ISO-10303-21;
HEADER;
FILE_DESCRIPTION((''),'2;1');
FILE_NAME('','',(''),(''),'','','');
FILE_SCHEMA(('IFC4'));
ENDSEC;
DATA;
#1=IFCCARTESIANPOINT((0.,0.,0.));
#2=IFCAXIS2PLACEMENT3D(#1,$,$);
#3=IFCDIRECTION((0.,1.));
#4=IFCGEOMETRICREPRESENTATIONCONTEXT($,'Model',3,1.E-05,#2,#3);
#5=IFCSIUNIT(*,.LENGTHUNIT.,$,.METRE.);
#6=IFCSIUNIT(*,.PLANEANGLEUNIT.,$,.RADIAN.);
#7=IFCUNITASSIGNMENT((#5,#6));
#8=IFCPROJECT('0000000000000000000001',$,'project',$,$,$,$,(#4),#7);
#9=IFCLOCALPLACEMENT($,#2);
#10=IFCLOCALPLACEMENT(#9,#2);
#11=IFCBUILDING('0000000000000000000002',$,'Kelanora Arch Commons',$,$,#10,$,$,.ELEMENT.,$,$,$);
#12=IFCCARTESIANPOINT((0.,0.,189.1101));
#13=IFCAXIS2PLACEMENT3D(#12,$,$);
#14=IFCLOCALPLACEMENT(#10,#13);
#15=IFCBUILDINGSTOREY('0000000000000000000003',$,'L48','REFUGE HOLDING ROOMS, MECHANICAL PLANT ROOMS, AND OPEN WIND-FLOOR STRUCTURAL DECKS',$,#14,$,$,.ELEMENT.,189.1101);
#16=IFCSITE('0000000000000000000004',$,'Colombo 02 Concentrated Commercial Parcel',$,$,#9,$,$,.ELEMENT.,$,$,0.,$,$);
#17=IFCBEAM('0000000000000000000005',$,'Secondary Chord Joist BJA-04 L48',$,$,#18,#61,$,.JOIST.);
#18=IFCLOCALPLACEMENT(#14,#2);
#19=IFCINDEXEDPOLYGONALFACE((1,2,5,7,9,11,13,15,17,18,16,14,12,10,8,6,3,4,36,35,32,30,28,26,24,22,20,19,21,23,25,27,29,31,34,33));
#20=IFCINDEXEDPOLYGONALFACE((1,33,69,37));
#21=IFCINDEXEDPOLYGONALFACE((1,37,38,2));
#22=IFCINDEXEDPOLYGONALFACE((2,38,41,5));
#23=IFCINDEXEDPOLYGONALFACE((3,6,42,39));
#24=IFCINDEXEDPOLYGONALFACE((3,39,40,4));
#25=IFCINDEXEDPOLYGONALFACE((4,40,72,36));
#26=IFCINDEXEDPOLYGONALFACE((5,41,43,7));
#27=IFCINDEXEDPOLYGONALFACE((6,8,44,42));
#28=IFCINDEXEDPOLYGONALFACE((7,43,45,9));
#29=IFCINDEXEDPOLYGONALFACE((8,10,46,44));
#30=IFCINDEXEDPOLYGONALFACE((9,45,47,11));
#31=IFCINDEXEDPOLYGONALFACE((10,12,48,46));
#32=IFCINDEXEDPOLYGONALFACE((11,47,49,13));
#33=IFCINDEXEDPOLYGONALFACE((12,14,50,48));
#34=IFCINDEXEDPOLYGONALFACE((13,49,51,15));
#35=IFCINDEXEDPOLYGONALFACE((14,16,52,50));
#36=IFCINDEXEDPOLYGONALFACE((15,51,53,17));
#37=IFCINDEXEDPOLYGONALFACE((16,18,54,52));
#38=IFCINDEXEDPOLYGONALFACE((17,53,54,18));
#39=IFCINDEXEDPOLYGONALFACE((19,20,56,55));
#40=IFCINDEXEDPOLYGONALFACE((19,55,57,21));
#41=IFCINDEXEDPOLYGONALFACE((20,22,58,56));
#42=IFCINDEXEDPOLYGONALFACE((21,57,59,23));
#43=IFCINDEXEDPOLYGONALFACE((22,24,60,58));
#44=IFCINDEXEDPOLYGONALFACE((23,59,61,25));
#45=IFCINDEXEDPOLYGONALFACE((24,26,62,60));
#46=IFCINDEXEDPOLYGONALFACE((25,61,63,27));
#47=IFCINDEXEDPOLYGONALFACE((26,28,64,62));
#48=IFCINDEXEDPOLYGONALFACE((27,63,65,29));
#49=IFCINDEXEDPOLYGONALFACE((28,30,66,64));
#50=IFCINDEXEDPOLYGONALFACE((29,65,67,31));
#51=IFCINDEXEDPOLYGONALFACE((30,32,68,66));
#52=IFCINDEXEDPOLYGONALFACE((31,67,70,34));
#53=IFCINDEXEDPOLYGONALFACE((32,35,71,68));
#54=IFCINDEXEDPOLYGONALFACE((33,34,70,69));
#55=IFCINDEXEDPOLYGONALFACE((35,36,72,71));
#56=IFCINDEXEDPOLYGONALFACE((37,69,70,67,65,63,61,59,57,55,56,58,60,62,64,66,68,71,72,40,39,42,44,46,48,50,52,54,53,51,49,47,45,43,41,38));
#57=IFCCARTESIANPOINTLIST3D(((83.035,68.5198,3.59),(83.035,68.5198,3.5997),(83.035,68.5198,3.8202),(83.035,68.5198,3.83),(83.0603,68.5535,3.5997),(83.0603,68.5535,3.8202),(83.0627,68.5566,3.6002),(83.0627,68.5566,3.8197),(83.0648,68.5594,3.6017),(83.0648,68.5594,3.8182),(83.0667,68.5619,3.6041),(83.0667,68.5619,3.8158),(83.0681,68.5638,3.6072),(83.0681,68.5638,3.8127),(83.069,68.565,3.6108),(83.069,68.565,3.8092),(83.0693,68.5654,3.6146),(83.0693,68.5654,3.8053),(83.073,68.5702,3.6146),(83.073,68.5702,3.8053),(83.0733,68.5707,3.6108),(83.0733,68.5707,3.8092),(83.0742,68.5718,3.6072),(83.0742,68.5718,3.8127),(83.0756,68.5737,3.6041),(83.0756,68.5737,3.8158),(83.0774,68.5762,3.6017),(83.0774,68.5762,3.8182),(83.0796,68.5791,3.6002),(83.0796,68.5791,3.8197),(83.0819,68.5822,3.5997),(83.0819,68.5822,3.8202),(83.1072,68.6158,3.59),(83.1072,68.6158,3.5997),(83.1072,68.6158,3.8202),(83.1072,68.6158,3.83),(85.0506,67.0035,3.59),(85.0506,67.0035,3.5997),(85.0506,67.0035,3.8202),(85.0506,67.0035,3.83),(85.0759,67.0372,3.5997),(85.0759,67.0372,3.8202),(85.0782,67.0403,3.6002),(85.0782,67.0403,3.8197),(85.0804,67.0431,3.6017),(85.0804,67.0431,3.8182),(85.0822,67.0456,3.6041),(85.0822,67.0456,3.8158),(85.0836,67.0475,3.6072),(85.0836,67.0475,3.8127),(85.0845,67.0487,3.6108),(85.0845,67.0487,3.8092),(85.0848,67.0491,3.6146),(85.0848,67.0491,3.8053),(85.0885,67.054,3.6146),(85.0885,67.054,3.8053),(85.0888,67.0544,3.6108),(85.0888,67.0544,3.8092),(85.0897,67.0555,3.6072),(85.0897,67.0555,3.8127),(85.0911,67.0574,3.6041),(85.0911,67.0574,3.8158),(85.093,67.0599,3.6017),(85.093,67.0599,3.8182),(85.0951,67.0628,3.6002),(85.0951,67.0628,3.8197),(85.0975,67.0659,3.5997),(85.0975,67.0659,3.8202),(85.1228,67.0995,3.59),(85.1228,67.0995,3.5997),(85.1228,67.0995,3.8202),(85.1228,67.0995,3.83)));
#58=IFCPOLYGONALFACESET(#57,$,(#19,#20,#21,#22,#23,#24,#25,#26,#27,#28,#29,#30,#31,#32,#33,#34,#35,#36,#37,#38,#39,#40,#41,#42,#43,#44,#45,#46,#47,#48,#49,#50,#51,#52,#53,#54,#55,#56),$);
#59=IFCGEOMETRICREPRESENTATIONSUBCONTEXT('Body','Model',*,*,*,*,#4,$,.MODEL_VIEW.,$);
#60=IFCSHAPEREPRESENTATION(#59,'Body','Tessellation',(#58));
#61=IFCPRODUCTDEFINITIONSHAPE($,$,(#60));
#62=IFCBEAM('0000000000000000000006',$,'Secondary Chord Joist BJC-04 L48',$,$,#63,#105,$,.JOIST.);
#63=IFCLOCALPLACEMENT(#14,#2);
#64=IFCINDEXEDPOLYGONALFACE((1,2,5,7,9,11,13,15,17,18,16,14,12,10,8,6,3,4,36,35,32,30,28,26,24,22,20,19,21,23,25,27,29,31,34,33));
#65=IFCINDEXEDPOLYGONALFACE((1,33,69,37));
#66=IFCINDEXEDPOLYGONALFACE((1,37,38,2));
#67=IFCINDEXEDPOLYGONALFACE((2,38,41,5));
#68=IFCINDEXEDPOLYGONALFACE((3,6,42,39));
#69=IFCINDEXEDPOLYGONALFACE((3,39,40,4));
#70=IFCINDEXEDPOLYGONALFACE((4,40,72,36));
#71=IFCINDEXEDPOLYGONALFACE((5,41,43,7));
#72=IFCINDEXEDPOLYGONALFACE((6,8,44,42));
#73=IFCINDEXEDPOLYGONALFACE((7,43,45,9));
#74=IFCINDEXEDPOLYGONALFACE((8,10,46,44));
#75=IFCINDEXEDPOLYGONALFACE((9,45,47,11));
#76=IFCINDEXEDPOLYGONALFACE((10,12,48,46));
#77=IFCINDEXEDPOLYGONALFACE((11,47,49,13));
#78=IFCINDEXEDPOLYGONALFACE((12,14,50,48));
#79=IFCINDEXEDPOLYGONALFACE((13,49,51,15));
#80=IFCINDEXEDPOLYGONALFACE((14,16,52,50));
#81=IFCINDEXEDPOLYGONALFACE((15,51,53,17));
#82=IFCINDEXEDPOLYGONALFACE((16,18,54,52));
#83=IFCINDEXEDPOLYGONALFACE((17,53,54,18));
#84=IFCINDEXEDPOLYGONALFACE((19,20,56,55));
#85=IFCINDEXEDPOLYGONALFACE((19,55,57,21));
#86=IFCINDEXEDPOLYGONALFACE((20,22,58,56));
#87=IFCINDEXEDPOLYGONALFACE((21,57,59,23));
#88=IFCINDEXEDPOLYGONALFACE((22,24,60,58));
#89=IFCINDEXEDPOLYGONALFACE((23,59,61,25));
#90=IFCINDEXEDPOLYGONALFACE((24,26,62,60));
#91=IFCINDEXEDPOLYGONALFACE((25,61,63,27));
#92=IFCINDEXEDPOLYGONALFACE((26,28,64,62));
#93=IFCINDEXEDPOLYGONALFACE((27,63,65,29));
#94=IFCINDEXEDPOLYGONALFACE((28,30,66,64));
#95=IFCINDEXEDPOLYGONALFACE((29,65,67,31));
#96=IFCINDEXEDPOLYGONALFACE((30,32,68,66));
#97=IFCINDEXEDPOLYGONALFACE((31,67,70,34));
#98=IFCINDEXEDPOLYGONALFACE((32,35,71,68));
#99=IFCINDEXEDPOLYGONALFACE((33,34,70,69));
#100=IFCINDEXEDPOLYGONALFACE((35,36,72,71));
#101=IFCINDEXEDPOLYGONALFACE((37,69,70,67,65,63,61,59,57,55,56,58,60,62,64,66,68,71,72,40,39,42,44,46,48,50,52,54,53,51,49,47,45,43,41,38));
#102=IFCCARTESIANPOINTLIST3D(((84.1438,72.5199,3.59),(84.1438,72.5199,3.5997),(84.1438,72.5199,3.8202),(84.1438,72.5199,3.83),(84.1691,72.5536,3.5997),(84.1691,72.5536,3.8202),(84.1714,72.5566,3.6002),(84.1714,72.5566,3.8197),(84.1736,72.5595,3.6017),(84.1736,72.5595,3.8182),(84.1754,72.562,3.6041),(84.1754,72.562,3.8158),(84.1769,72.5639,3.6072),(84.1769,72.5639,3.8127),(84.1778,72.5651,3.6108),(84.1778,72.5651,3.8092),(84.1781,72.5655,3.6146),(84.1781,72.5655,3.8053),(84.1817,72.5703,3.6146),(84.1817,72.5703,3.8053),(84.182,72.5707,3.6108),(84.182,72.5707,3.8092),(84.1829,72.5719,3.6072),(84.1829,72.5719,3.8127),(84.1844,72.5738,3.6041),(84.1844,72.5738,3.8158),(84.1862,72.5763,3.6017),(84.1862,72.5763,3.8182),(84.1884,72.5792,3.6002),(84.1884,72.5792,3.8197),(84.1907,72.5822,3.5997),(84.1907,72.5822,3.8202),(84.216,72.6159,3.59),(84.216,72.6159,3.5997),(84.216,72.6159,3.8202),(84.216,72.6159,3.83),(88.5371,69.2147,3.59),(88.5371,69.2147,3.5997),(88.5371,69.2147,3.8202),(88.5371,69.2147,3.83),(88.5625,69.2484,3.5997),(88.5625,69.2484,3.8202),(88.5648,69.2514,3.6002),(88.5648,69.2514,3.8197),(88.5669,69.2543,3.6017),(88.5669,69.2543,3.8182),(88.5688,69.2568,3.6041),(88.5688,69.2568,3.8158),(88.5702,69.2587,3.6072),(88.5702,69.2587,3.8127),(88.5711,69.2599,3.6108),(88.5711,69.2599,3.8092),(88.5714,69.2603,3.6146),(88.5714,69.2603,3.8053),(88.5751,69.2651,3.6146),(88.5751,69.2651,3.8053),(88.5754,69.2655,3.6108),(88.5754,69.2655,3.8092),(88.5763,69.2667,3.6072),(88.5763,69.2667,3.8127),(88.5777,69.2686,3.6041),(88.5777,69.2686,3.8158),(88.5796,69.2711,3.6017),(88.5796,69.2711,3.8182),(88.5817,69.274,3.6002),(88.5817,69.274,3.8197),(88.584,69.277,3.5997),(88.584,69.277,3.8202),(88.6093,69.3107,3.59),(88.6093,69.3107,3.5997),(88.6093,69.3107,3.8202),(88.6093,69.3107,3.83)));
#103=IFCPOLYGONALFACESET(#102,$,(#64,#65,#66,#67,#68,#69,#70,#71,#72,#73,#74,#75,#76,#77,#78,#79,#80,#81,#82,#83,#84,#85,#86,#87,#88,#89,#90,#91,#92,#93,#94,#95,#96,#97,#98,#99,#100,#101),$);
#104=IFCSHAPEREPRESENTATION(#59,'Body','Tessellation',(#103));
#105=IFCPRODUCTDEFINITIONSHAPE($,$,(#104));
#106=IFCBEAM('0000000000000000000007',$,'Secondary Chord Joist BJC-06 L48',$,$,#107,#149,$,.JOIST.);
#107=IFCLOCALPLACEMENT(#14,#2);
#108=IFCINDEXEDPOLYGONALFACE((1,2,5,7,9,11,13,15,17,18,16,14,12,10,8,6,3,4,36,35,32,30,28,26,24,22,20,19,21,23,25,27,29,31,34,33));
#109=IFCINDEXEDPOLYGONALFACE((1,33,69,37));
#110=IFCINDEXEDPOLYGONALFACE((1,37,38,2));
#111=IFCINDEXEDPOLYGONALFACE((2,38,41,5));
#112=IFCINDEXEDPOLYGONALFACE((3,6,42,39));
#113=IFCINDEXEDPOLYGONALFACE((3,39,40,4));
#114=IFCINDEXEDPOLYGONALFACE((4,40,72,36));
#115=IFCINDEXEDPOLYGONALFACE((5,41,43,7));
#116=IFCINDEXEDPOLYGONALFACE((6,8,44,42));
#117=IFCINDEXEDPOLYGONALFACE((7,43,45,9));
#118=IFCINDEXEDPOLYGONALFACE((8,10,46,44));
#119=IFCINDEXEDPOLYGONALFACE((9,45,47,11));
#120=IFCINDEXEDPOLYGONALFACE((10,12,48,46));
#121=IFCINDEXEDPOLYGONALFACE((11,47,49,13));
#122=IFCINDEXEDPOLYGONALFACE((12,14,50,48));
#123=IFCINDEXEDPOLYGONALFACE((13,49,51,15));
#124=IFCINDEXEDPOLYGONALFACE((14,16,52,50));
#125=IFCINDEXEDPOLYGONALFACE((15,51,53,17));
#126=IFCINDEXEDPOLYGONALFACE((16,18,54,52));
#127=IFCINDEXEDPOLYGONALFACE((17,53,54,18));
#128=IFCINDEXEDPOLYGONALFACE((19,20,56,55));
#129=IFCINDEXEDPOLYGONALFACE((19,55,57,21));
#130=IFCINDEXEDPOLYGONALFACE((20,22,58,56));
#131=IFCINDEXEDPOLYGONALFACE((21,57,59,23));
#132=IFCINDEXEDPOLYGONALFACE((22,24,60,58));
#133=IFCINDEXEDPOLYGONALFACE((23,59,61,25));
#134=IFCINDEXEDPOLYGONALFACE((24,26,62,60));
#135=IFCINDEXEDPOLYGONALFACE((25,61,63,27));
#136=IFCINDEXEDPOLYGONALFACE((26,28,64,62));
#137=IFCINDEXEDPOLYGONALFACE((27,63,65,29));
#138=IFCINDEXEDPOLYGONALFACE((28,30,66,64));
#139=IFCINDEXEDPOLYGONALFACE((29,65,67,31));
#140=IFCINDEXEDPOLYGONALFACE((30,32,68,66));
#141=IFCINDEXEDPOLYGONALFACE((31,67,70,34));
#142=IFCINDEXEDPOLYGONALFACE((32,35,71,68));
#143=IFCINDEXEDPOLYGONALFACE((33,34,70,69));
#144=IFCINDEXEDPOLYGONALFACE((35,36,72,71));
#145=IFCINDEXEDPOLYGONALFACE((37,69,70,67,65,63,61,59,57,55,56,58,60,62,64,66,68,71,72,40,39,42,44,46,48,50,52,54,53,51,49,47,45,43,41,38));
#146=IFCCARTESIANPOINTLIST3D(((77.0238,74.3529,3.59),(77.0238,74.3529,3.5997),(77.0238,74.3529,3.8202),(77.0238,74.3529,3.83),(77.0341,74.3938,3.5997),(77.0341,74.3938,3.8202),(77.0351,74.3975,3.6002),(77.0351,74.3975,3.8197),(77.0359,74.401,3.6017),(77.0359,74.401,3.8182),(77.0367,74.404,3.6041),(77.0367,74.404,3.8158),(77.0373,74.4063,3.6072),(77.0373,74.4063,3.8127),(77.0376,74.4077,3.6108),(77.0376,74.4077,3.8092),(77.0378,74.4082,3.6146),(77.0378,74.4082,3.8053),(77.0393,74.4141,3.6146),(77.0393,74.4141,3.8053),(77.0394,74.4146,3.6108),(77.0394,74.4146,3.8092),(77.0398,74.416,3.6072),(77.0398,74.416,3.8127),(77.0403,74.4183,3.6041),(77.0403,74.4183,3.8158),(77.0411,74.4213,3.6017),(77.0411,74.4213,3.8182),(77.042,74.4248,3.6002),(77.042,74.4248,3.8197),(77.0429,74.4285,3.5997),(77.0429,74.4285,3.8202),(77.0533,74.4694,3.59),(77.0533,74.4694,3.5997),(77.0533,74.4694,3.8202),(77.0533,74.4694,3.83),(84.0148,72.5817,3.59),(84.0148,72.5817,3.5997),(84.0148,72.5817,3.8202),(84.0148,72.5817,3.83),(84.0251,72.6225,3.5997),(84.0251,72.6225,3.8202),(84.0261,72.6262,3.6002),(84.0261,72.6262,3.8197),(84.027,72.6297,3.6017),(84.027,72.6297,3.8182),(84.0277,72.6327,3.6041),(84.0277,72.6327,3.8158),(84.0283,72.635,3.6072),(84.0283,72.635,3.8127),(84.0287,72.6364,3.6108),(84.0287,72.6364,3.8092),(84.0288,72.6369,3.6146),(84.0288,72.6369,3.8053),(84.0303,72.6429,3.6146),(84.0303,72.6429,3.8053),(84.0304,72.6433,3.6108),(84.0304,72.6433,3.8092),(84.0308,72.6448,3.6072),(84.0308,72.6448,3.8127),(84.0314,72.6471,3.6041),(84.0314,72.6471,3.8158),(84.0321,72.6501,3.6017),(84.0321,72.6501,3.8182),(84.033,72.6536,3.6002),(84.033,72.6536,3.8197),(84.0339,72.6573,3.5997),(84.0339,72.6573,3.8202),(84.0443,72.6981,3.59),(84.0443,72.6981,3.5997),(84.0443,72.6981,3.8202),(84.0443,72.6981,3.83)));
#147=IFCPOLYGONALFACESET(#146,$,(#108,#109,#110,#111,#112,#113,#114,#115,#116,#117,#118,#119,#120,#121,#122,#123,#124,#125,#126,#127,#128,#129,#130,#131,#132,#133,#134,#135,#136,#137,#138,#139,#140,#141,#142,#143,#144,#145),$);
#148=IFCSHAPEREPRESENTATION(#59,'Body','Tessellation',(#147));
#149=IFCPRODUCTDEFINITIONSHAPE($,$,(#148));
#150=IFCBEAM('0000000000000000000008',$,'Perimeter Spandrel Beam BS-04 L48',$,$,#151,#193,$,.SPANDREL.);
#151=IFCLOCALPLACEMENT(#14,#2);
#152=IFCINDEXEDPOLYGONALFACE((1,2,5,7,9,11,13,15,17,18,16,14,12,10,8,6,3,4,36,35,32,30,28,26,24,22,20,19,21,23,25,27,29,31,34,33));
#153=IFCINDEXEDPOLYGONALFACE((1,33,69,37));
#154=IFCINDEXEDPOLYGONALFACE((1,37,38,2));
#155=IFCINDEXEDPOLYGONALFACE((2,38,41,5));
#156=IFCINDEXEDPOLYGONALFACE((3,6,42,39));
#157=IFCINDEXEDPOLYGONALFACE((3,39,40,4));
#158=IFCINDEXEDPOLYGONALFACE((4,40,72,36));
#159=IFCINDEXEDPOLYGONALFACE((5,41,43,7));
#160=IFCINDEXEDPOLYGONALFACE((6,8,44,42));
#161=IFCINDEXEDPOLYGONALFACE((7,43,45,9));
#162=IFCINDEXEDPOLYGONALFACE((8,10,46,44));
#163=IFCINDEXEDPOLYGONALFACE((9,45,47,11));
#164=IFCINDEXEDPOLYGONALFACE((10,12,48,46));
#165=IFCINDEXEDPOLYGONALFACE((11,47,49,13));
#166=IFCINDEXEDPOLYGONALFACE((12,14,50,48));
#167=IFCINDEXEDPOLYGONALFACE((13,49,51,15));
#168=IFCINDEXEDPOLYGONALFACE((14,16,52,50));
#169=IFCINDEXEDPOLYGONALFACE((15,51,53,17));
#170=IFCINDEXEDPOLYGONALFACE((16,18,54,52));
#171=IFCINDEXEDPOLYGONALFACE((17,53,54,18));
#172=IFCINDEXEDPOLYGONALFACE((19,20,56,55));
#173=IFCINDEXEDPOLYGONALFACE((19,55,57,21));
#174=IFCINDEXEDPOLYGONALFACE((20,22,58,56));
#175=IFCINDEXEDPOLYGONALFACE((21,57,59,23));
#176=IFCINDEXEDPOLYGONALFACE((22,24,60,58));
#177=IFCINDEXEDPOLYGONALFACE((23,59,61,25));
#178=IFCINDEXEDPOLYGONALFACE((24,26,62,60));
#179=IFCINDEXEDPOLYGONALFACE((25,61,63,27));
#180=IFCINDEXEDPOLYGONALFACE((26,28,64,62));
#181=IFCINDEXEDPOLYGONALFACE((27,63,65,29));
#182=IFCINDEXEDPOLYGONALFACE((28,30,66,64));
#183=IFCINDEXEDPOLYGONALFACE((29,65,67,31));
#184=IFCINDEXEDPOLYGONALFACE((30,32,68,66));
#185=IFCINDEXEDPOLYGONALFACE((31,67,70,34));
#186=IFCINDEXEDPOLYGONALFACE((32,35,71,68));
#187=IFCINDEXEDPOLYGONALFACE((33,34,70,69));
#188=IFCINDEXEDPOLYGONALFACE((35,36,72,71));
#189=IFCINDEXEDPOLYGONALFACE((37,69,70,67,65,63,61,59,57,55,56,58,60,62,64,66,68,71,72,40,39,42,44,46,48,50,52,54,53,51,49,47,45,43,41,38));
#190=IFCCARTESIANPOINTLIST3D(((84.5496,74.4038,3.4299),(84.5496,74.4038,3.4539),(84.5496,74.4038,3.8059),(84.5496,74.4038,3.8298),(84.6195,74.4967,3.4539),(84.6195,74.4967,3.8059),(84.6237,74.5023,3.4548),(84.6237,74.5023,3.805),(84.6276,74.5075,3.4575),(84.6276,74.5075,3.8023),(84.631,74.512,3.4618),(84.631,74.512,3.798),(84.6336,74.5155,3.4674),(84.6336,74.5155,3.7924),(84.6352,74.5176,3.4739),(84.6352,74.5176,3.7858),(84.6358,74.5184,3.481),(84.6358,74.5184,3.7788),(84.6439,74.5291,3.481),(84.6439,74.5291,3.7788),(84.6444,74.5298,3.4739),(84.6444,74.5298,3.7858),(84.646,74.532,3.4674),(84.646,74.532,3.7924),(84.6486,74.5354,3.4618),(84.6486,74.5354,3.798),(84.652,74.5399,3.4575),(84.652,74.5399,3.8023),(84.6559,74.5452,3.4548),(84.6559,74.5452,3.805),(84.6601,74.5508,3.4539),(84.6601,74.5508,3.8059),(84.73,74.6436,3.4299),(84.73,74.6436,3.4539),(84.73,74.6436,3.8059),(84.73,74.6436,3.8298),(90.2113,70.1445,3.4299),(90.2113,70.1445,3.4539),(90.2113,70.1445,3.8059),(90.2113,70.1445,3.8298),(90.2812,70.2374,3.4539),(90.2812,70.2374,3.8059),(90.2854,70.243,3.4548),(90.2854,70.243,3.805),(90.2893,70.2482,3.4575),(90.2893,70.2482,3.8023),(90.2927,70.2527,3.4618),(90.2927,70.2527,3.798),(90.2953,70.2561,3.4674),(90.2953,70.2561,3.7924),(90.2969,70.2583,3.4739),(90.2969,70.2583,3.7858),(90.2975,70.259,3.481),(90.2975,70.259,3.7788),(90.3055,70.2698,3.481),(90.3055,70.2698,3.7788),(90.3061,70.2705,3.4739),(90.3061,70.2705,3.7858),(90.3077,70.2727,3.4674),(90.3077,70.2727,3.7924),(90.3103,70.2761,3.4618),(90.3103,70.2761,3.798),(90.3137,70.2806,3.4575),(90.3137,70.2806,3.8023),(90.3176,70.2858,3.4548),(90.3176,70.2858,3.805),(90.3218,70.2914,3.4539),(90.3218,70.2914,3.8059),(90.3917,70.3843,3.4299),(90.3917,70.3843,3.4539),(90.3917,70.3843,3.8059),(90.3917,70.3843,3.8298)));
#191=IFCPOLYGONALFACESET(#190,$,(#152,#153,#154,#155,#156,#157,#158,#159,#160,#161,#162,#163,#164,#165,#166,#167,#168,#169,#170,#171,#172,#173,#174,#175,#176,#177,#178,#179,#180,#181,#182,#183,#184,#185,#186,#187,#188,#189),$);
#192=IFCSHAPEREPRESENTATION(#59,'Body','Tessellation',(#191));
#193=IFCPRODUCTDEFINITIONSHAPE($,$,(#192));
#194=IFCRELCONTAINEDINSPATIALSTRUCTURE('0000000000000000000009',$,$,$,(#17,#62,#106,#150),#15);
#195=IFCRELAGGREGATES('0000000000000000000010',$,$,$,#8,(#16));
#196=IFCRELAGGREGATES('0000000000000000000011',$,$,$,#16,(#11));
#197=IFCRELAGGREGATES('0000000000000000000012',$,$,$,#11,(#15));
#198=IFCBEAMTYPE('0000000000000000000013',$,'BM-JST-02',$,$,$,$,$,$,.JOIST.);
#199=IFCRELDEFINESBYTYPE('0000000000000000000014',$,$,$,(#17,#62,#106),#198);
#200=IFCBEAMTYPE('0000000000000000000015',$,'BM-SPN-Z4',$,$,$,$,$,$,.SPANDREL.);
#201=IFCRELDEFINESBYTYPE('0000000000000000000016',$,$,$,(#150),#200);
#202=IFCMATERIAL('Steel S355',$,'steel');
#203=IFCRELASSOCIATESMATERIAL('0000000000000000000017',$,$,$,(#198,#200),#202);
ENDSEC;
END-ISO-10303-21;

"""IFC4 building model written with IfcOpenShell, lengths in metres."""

from ifc_helpers import new_model, si_unit, direction, frame, origin, origin_2d, place, context, subcontext, project, spatial, i_section, extrude, material, material_profile, profile_set, type_object, element, save


model = new_model("IFC4")

# Units and contexts
model_context = context("Model", 3, precision=1e-05, world=origin(), true_north=direction((0.0, 1.0)))
body_context = subcontext(model_context, "Body", "Model", "MODEL_VIEW")
ifc_project = project(units=[si_unit("LENGTHUNIT", "METRE"), si_unit("PLANEANGLEUNIT", "RADIAN")], contexts=[model_context])

# Site, building, storey
site_placement = place(None, origin())
site = spatial("IfcSite", under=ifc_project, at=site_placement, Name="Colombo 02 Concentrated Commercial Parcel", CompositionType="ELEMENT", RefElevation=0.0)
building_placement = place(site_placement, origin())
building = spatial("IfcBuilding", under=site, at=building_placement, Name="Kelanora Arch Commons", CompositionType="ELEMENT")
storey_placement = place(building_placement, frame((0.0, 0.0, 189.1101)))
storey = spatial("IfcBuildingStorey", under=building, at=storey_placement, Name="L48", Description="REFUGE HOLDING ROOMS, MECHANICAL PLANT ROOMS, AND OPEN WIND-FLOOR STRUCTURAL DECKS", CompositionType="ELEMENT", Elevation=189.1101)

# Beams
ifc_material_1 = material(Name="Steel S355", Category="steel")
ifc_material_profile_1 = material_profile(ifc_material_1, i_section(OverallWidth=0.1201, OverallDepth=0.24, WebThickness=0.0061, FlangeThickness=0.0098, FilletRadius=0.0149, at=origin_2d()), Name="IPE240")
ifc_profile_set_1 = profile_set([ifc_material_profile_1], Name="Steel S355")
beam_type_1 = type_object("IfcBeamType", Name="BM-JST-02", PredefinedType="JOIST", material=ifc_profile_set_1)
beam_1_placement = place(storey_placement, frame((85.0867, 67.0515, 3.71), z_axis=(-0.799116, 0.601176, 0.0), x_axis=(-0.601176, -0.799116, 0.0)))
element("IfcBeam", 1, at=beam_1_placement, inside=storey, type_object=beam_type_1, Name="Secondary Chord Joist BJA-04 L48", PredefinedType="JOIST", context=body_context, shape_type="SweptSolid", body=[
    extrude(i_section(OverallWidth=0.1201, OverallDepth=0.24, WebThickness=0.0061, FlangeThickness=0.0098, FilletRadius=0.0149, at=origin_2d()), origin(), (0.0, 0.0, 1.0), 2.5222),
])
beam_2_placement = place(storey_placement, frame((88.5732, 69.2627, 3.71), z_axis=(-0.799109, 0.601186, 0.0), x_axis=(-0.601186, -0.799109, 0.0)))
element("IfcBeam", 2, at=beam_2_placement, inside=storey, type_object=beam_type_1, Name="Secondary Chord Joist BJC-04 L48", PredefinedType="JOIST", context=body_context, shape_type="SweptSolid", body=[
    extrude(i_section(OverallWidth=0.1201, OverallDepth=0.24, WebThickness=0.0061, FlangeThickness=0.0098, FilletRadius=0.0149, at=origin_2d()), origin(), (0.0, 0.0, 1.0), 5.4978),
])
beam_3_placement = place(storey_placement, frame((84.0295, 72.6399, 3.71), z_axis=(-0.969371, 0.245601, 0.0), x_axis=(-0.245601, -0.969371, 0.0)))
element("IfcBeam", 3, at=beam_3_placement, inside=storey, type_object=beam_type_1, Name="Secondary Chord Joist BJC-06 L48", PredefinedType="JOIST", context=body_context, shape_type="SweptSolid", body=[
    extrude(i_section(OverallWidth=0.1201, OverallDepth=0.24, WebThickness=0.0061, FlangeThickness=0.0098, FilletRadius=0.0149, at=origin_2d()), origin(), (0.0, 0.0, 1.0), 7.2119),
])
ifc_material_profile_2 = material_profile(ifc_material_1, i_section(OverallWidth=0.3, OverallDepth=0.3999, WebThickness=0.0134, FlangeThickness=0.0239, FilletRadius=0.0271, at=origin_2d()), Name="HEB400")
ifc_profile_set_2 = profile_set([ifc_material_profile_2], Name="Steel S355")
beam_type_2 = type_object("IfcBeamType", Name="BM-SPN-Z4", PredefinedType="SPANDREL", material=ifc_profile_set_2)
beam_4_placement = place(storey_placement, frame((90.3015, 70.2644, 3.6299), z_axis=(-0.799114, 0.601179, 0.0), x_axis=(-0.601179, -0.799114, 0.0)))
element("IfcBeam", 4, at=beam_4_placement, inside=storey, type_object=beam_type_2, Name="Perimeter Spandrel Beam BS-04 L48", PredefinedType="SPANDREL", context=body_context, shape_type="SweptSolid", body=[
    extrude(i_section(OverallWidth=0.3, OverallDepth=0.3999, WebThickness=0.0134, FlangeThickness=0.0239, FilletRadius=0.0271, at=origin_2d()), origin(), (0.0, 0.0, 1.0), 7.085),
])

save(model, "model.ifc")
